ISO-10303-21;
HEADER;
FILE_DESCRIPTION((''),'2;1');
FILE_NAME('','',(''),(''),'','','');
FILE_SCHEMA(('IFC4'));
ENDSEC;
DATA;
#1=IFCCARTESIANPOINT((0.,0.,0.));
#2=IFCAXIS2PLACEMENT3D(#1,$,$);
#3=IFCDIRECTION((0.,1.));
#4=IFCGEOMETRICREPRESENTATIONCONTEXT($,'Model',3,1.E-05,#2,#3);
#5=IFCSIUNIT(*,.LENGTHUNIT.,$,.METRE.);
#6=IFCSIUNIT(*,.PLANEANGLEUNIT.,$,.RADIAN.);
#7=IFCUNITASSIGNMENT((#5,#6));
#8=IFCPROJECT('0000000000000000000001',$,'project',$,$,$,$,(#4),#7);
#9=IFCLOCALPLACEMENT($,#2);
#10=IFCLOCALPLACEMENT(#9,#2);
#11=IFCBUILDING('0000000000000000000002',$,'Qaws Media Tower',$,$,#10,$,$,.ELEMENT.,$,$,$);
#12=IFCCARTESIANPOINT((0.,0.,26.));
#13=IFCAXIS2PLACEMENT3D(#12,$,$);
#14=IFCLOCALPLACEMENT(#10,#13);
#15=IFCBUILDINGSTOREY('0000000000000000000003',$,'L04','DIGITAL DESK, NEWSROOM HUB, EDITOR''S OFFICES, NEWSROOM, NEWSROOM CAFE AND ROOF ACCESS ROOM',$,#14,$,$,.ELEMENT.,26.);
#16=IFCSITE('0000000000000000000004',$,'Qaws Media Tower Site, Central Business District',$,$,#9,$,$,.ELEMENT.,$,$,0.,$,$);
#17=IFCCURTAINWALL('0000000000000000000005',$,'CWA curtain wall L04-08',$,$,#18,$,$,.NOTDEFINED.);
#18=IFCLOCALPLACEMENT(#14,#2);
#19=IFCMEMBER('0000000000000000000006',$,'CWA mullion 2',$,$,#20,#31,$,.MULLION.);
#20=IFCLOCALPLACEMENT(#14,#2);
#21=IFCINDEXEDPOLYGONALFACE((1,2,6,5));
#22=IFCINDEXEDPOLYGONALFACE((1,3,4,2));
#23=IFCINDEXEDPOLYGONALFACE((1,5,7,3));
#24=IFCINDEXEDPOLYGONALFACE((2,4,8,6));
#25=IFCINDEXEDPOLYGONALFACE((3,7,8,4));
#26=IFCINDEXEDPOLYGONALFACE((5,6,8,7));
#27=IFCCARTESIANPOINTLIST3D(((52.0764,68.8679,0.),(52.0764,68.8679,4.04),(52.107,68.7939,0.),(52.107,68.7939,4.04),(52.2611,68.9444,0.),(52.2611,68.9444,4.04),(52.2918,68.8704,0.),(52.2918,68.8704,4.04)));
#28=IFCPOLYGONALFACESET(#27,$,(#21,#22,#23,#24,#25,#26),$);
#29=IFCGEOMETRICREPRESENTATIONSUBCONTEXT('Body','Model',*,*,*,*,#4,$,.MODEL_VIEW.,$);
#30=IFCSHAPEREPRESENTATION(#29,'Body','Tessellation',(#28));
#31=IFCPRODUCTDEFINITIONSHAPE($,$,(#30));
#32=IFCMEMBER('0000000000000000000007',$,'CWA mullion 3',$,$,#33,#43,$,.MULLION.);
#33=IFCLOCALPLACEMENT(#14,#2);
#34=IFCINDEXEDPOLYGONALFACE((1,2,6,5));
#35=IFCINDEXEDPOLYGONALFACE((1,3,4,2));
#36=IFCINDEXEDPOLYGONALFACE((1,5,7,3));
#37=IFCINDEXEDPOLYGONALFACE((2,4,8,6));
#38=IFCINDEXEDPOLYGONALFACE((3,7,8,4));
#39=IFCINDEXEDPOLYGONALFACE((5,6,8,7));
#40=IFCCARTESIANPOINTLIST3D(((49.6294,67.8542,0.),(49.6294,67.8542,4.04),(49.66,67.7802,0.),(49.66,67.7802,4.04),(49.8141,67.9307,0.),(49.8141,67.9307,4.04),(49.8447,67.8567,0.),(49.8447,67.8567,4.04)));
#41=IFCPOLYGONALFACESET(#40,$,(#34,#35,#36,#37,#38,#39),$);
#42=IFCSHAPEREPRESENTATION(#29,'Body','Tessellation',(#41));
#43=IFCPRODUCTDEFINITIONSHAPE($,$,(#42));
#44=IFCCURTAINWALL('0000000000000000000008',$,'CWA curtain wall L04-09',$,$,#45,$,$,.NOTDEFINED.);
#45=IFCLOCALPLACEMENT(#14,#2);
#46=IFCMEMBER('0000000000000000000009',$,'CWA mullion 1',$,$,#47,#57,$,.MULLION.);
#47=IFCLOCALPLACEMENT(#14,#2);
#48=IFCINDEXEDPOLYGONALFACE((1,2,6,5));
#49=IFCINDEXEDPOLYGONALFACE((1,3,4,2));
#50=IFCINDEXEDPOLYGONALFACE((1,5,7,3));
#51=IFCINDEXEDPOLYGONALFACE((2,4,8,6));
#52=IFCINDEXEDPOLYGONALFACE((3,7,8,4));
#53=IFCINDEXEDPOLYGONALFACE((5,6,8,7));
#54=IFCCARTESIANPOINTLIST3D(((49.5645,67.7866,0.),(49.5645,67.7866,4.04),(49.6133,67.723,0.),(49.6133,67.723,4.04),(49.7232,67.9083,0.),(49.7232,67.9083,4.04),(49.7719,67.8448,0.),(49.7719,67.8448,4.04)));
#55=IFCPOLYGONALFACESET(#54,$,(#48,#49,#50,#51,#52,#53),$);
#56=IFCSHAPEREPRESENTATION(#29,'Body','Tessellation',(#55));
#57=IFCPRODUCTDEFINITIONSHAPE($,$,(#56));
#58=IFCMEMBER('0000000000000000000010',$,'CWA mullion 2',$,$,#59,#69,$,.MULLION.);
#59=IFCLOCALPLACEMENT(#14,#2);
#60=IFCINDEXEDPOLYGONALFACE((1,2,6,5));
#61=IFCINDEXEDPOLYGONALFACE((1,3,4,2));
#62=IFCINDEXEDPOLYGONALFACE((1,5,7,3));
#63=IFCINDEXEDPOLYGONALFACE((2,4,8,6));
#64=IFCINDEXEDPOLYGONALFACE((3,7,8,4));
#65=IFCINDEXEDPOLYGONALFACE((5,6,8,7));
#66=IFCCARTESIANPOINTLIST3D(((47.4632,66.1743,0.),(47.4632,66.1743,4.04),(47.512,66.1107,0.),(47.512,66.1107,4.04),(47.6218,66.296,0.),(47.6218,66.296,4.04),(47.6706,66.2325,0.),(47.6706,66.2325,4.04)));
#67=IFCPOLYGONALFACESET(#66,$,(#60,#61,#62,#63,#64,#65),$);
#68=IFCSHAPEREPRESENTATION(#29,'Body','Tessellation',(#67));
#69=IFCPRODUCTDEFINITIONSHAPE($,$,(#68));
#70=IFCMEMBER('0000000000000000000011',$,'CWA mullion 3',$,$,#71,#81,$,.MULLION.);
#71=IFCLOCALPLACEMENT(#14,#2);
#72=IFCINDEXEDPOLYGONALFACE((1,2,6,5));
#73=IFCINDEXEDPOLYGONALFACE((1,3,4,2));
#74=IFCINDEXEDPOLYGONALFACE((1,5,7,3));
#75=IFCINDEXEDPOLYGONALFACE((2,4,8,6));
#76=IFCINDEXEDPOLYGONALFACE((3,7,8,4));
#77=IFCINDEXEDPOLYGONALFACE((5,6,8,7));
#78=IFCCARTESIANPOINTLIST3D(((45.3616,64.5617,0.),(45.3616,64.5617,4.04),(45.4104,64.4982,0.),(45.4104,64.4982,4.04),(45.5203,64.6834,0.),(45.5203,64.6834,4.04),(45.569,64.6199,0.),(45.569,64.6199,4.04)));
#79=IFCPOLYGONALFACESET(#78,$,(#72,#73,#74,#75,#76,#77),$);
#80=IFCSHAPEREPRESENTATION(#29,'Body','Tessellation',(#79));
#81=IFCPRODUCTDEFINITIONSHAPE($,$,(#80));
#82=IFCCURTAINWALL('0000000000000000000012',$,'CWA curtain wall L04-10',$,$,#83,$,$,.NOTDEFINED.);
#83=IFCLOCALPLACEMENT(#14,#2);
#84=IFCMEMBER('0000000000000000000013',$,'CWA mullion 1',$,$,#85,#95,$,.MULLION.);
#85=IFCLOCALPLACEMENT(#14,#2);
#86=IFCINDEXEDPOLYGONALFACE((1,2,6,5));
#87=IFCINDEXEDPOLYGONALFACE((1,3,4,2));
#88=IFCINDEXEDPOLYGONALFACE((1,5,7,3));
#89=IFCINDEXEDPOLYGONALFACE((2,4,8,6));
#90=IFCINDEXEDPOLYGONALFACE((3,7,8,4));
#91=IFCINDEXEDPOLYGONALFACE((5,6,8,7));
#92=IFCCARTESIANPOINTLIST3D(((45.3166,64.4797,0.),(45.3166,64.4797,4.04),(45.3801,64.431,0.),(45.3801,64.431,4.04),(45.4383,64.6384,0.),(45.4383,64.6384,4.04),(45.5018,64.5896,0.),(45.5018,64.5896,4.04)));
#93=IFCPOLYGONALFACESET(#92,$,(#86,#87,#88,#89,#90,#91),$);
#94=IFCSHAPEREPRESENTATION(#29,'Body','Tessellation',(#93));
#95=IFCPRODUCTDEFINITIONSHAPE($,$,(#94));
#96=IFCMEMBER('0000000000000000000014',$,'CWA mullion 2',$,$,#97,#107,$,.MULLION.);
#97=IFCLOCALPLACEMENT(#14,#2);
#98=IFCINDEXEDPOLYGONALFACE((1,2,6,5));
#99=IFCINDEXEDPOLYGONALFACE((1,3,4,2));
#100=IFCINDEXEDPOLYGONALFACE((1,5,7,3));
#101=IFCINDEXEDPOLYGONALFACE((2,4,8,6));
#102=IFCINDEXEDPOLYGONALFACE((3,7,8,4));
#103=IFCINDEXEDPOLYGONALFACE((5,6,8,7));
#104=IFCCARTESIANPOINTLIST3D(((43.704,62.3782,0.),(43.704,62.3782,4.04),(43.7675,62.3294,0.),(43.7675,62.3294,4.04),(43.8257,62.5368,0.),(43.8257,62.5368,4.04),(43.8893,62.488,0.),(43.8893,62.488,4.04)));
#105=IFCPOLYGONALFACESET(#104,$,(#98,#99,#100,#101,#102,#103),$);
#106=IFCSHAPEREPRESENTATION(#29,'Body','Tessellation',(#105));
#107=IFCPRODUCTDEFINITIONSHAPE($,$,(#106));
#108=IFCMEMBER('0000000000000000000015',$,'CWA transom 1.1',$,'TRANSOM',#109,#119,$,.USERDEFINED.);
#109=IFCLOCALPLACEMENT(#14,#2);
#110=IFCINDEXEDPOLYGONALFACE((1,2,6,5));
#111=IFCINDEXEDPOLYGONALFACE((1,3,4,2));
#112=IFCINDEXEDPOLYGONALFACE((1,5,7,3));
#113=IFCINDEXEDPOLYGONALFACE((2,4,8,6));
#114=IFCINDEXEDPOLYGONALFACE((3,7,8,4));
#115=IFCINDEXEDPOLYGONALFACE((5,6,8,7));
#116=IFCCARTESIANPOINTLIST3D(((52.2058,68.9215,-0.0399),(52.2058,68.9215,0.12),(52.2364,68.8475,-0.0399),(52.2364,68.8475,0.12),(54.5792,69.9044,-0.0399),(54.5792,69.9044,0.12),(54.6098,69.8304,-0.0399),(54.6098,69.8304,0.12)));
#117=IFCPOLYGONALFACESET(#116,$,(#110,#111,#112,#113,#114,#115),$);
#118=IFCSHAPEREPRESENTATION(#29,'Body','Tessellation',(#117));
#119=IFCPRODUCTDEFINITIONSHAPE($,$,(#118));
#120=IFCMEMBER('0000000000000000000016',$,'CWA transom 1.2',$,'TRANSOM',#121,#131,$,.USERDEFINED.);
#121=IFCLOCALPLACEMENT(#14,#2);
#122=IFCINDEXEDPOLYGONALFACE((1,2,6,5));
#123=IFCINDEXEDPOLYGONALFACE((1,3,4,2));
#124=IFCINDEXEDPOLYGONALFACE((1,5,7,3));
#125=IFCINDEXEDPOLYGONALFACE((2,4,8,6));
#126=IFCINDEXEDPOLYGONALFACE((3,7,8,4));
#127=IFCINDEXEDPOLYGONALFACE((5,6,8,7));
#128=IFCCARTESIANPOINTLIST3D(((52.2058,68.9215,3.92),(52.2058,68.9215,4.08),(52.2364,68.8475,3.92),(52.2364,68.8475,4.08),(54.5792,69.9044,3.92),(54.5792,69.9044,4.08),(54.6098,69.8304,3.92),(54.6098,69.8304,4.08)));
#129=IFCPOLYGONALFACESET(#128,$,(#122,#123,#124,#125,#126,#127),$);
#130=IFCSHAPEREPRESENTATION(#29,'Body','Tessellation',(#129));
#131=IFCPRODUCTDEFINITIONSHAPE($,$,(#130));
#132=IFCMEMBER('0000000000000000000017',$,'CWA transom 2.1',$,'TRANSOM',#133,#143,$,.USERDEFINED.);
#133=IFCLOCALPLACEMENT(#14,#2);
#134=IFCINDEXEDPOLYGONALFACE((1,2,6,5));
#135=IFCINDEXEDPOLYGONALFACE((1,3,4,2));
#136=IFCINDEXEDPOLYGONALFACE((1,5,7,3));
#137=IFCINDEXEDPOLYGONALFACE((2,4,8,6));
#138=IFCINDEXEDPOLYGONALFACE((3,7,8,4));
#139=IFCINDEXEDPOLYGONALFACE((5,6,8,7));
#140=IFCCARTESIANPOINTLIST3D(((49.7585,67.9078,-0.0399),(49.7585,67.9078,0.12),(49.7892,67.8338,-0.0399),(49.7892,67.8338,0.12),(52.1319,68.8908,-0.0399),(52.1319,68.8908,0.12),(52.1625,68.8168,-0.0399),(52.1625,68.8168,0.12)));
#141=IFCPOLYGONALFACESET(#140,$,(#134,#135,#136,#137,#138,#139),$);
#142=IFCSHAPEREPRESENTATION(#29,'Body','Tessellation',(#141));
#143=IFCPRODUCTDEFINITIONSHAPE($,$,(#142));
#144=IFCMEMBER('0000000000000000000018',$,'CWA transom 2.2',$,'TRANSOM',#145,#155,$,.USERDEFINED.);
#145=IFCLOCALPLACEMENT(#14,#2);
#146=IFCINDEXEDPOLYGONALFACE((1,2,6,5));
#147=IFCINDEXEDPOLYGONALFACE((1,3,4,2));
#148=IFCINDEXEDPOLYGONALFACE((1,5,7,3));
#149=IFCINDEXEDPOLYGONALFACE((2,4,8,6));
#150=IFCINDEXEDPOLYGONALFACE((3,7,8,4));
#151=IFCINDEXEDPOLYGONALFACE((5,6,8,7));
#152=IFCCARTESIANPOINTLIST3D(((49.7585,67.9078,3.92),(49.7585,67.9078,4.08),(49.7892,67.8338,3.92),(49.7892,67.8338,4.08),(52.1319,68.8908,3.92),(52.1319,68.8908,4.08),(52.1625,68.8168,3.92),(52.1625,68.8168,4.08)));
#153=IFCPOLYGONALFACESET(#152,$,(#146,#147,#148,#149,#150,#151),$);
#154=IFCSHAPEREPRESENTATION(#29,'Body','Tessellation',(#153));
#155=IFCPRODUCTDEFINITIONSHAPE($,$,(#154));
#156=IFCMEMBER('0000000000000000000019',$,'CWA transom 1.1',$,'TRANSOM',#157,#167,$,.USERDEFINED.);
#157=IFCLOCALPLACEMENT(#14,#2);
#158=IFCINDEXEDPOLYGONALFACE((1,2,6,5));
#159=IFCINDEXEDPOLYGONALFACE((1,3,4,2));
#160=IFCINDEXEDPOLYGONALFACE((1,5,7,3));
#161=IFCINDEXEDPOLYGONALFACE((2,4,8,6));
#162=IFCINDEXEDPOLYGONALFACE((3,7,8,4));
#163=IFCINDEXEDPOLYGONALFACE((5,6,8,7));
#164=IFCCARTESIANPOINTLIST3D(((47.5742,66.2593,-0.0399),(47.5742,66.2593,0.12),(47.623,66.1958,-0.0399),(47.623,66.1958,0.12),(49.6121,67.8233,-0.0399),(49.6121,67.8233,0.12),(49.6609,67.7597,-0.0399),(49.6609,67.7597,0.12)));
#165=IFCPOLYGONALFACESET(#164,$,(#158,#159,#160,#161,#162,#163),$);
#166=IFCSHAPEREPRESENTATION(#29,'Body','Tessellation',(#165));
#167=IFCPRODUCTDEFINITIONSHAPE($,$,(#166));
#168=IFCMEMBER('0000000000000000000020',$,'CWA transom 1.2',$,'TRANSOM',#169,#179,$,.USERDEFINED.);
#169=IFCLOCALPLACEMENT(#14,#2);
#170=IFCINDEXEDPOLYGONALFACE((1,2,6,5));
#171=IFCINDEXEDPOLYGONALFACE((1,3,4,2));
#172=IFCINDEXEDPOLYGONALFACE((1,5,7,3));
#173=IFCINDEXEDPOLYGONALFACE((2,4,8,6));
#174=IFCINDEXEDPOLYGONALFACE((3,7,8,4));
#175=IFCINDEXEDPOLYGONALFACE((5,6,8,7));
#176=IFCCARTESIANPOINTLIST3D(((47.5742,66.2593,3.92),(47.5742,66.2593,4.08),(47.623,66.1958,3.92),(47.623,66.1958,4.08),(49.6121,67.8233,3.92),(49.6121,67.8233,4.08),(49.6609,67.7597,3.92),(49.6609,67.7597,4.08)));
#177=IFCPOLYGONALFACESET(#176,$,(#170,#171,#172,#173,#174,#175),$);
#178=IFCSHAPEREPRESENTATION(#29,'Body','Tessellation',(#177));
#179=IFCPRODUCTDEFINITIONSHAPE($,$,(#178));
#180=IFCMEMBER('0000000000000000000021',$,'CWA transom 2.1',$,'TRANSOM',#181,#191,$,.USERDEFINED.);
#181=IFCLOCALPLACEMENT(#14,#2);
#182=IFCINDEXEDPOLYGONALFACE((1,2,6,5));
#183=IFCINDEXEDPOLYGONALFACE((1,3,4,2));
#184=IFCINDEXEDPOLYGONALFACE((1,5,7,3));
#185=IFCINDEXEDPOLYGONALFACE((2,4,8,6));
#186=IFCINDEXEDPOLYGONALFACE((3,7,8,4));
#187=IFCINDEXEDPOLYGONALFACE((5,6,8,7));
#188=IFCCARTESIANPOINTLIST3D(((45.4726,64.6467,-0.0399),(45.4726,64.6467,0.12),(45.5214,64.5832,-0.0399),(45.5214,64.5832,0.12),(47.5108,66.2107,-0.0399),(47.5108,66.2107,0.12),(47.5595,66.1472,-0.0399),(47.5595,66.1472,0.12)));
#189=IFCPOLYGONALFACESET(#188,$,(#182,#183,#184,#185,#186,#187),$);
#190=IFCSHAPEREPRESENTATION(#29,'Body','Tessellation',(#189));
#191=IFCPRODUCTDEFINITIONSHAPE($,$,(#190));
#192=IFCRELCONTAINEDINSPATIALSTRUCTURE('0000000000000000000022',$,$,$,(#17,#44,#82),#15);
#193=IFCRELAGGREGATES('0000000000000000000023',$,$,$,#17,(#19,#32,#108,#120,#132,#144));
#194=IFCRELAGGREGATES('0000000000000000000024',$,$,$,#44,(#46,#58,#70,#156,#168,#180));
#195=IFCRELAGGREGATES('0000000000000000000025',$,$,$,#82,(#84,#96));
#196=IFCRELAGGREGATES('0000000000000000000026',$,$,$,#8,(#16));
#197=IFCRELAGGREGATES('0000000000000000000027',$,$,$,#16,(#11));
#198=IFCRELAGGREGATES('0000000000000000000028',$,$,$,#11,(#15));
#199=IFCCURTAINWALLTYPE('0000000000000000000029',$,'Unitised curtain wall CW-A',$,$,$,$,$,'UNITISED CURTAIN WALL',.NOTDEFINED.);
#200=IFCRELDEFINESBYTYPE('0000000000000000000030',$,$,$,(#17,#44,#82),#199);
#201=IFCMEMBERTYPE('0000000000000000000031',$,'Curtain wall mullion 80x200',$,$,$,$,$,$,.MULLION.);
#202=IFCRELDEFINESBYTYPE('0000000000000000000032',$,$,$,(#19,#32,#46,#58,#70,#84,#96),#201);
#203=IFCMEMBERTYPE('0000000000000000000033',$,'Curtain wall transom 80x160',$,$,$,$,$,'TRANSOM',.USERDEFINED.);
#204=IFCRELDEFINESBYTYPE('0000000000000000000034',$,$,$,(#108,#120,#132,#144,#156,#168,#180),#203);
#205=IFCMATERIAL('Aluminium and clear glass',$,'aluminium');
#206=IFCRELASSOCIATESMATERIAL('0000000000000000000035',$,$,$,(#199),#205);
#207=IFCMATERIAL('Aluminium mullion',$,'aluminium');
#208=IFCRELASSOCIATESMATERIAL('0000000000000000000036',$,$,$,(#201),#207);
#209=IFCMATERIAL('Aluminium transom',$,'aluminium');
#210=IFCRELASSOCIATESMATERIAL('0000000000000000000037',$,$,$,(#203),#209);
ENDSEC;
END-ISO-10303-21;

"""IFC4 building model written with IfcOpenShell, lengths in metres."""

from ifc_helpers import new_model, si_unit, direction, frame, origin, origin_2d, place, context, subcontext, project, spatial, rectangle, extrude, material, material_profile, profile_set, type_object, element, aggregate, save


model = new_model("IFC4")

# Units and contexts
model_context = context("Model", 3, precision=1e-05, world=origin(), true_north=direction((0.0, 1.0)))
body_context = subcontext(model_context, "Body", "Model", "MODEL_VIEW")
ifc_project = project(units=[si_unit("LENGTHUNIT", "METRE"), si_unit("PLANEANGLEUNIT", "RADIAN")], contexts=[model_context])

# Site, building, storey
site_placement = place(None, origin())
site = spatial("IfcSite", under=ifc_project, at=site_placement, Name="Qaws Media Tower Site, Central Business District", CompositionType="ELEMENT", RefElevation=0.0)
building_placement = place(site_placement, origin())
building = spatial("IfcBuilding", under=site, at=building_placement, Name="Qaws Media Tower", CompositionType="ELEMENT")
storey_placement = place(building_placement, frame((0.0, 0.0, 26.0)))
storey = spatial("IfcBuildingStorey", under=building, at=storey_placement, Name="L04", Description="DIGITAL DESK, NEWSROOM HUB, EDITOR'S OFFICES, NEWSROOM, NEWSROOM CAFE AND ROOF ACCESS ROOM", CompositionType="ELEMENT", Elevation=26.0)

# Curtain walls, members
ifc_material_1 = material(Name="Aluminium and clear glass", Category="aluminium")
curtain_wall_type = type_object("IfcCurtainWallType", Name="Unitised curtain wall CW-A", ElementType="UNITISED CURTAIN WALL", PredefinedType="NOTDEFINED", material=ifc_material_1)
curtain_wall_1_placement = place(storey_placement, origin())
curtain_wall_1 = element("IfcCurtainWall", 1, at=curtain_wall_1_placement, inside=storey, type_object=curtain_wall_type, Name="CWA curtain wall L04-08", PredefinedType="NOTDEFINED")
ifc_material_2 = material(Name="Aluminium mullion", Category="aluminium")
ifc_material_profile_1 = material_profile(ifc_material_2, rectangle(XDim=0.0801, YDim=0.2, at=origin_2d()), Name="80x200")
ifc_profile_set_1 = profile_set([ifc_material_profile_1], Name="Aluminium mullion")
member_type_1 = type_object("IfcMemberType", Name="Curtain wall mullion 80x200", PredefinedType="MULLION", material=ifc_profile_set_1)
member_1_placement = place(storey_placement, frame((52.1841, 68.8691, 0.0), z_axis=(0.0, 0.0, 1.0), x_axis=(0.382683, -0.92388, 0.0)))
member_1 = element("IfcMember", 2, at=member_1_placement, type_object=member_type_1, Name="CWA mullion 2", PredefinedType="MULLION", context=body_context, shape_type="SweptSolid", body=[
    extrude(rectangle(XDim=0.0801, YDim=0.2, at=origin_2d()), origin(), (0.0, 0.0, 1.0), 4.04),
])
member_2_placement = place(storey_placement, frame((49.7371, 67.8555, 0.0), z_axis=(0.0, 0.0, 1.0), x_axis=(0.382683, -0.92388, 0.0)))
member_2 = element("IfcMember", 3, at=member_2_placement, type_object=member_type_1, Name="CWA mullion 3", PredefinedType="MULLION", context=body_context, shape_type="SweptSolid", body=[
    extrude(rectangle(XDim=0.0801, YDim=0.2, at=origin_2d()), origin(), (0.0, 0.0, 1.0), 4.04),
])
curtain_wall_2_placement = place(storey_placement, origin())
curtain_wall_2 = element("IfcCurtainWall", 4, at=curtain_wall_2_placement, inside=storey, type_object=curtain_wall_type, Name="CWA curtain wall L04-09", PredefinedType="NOTDEFINED")
member_3_placement = place(storey_placement, frame((49.6682, 67.8157, 0.0), z_axis=(0.0, 0.0, 1.0), x_axis=(0.608761, -0.793353, 0.0)))
member_3 = element("IfcMember", 5, at=member_3_placement, type_object=member_type_1, Name="CWA mullion 1", PredefinedType="MULLION", context=body_context, shape_type="SweptSolid", body=[
    extrude(rectangle(XDim=0.0801, YDim=0.2, at=origin_2d()), origin(), (0.0, 0.0, 1.0), 4.04),
])
member_4_placement = place(storey_placement, frame((47.5669, 66.2034, 0.0), z_axis=(0.0, 0.0, 1.0), x_axis=(0.608761, -0.793353, 0.0)))
member_4 = element("IfcMember", 6, at=member_4_placement, type_object=member_type_1, Name="CWA mullion 2", PredefinedType="MULLION", context=body_context, shape_type="SweptSolid", body=[
    extrude(rectangle(XDim=0.0801, YDim=0.2, at=origin_2d()), origin(), (0.0, 0.0, 1.0), 4.04),
])
member_5_placement = place(storey_placement, frame((45.4653, 64.5908, 0.0), z_axis=(0.0, 0.0, 1.0), x_axis=(0.608761, -0.793353, 0.0)))
member_5 = element("IfcMember", 7, at=member_5_placement, type_object=member_type_1, Name="CWA mullion 3", PredefinedType="MULLION", context=body_context, shape_type="SweptSolid", body=[
    extrude(rectangle(XDim=0.0801, YDim=0.2, at=origin_2d()), origin(), (0.0, 0.0, 1.0), 4.04),
])
curtain_wall_3_placement = place(storey_placement, origin())
curtain_wall_3 = element("IfcCurtainWall", 8, at=curtain_wall_3_placement, inside=storey, type_object=curtain_wall_type, Name="CWA curtain wall L04-10", PredefinedType="NOTDEFINED")
member_6_placement = place(storey_placement, frame((45.4092, 64.5347, 0.0), z_axis=(0.0, 0.0, 1.0), x_axis=(0.793353, -0.608761, 0.0)))
member_6 = element("IfcMember", 9, at=member_6_placement, type_object=member_type_1, Name="CWA mullion 1", PredefinedType="MULLION", context=body_context, shape_type="SweptSolid", body=[
    extrude(rectangle(XDim=0.0801, YDim=0.2, at=origin_2d()), origin(), (0.0, 0.0, 1.0), 4.04),
])
member_7_placement = place(storey_placement, frame((43.7966, 62.4331, 0.0), z_axis=(0.0, 0.0, 1.0), x_axis=(0.793353, -0.608761, 0.0)))
member_7 = element("IfcMember", 10, at=member_7_placement, type_object=member_type_1, Name="CWA mullion 2", PredefinedType="MULLION", context=body_context, shape_type="SweptSolid", body=[
    extrude(rectangle(XDim=0.0801, YDim=0.2, at=origin_2d()), origin(), (0.0, 0.0, 1.0), 4.04),
])

# Members
ifc_material_3 = material(Name="Aluminium transom", Category="aluminium")
ifc_material_profile_2 = material_profile(ifc_material_3, rectangle(XDim=0.0801, YDim=0.1599, at=origin_2d()), Name="80x160")
ifc_profile_set_2 = profile_set([ifc_material_profile_2], Name="Aluminium transom")
member_type_2 = type_object("IfcMemberType", Name="Curtain wall transom 80x160", ElementType="TRANSOM", PredefinedType="USERDEFINED", material=ifc_profile_set_2)
member_8_placement = place(storey_placement, frame((54.5945, 69.8674, 0.04), z_axis=(-0.923899, -0.382637, 0.0), x_axis=(0.382637, -0.923899, 0.0)))
member_8 = element("IfcMember", 11, at=member_8_placement, type_object=member_type_2, Name="CWA transom 1.1", ObjectType="TRANSOM", PredefinedType="USERDEFINED", context=body_context, shape_type="SweptSolid", body=[
    extrude(rectangle(XDim=0.0801, YDim=0.1599, at=origin_2d()), origin(), (0.0, 0.0, 1.0), 2.5688),
])
member_9_placement = place(storey_placement, frame((54.5945, 69.8674, 4.0), z_axis=(-0.923899, -0.382637, 0.0), x_axis=(0.382637, -0.923899, 0.0)))
member_9 = element("IfcMember", 12, at=member_9_placement, type_object=member_type_2, Name="CWA transom 1.2", ObjectType="TRANSOM", PredefinedType="USERDEFINED", context=body_context, shape_type="SweptSolid", body=[
    extrude(rectangle(XDim=0.0801, YDim=0.1599, at=origin_2d()), origin(), (0.0, 0.0, 1.0), 2.5688),
])
member_10_placement = place(storey_placement, frame((52.1472, 68.8538, 0.04), z_axis=(-0.923899, -0.382637, 0.0), x_axis=(0.382637, -0.923899, 0.0)))
member_10 = element("IfcMember", 13, at=member_10_placement, type_object=member_type_2, Name="CWA transom 2.1", ObjectType="TRANSOM", PredefinedType="USERDEFINED", context=body_context, shape_type="SweptSolid", body=[
    extrude(rectangle(XDim=0.0801, YDim=0.1599, at=origin_2d()), origin(), (0.0, 0.0, 1.0), 2.5688),
])
member_11_placement = place(storey_placement, frame((52.1472, 68.8538, 4.0), z_axis=(-0.923899, -0.382637, 0.0), x_axis=(0.382637, -0.923899, 0.0)))
member_11 = element("IfcMember", 14, at=member_11_placement, type_object=member_type_2, Name="CWA transom 2.2", ObjectType="TRANSOM", PredefinedType="USERDEFINED", context=body_context, shape_type="SweptSolid", body=[
    extrude(rectangle(XDim=0.0801, YDim=0.1599, at=origin_2d()), origin(), (0.0, 0.0, 1.0), 2.5688),
])
member_12_placement = place(storey_placement, frame((49.6365, 67.7915, 0.04), z_axis=(-0.793302, -0.608829, 0.0), x_axis=(0.608829, -0.793302, 0.0)))
member_12 = element("IfcMember", 15, at=member_12_placement, type_object=member_type_2, Name="CWA transom 1.1", ObjectType="TRANSOM", PredefinedType="USERDEFINED", context=body_context, shape_type="SweptSolid", body=[
    extrude(rectangle(XDim=0.0801, YDim=0.1599, at=origin_2d()), origin(), (0.0, 0.0, 1.0), 2.5688),
])
member_13_placement = place(storey_placement, frame((49.6365, 67.7915, 4.0), z_axis=(-0.793302, -0.608829, 0.0), x_axis=(0.608829, -0.793302, 0.0)))
member_13 = element("IfcMember", 16, at=member_13_placement, type_object=member_type_2, Name="CWA transom 1.2", ObjectType="TRANSOM", PredefinedType="USERDEFINED", context=body_context, shape_type="SweptSolid", body=[
    extrude(rectangle(XDim=0.0801, YDim=0.1599, at=origin_2d()), origin(), (0.0, 0.0, 1.0), 2.5688),
])
member_14_placement = place(storey_placement, frame((47.5352, 66.179, 0.04), z_axis=(-0.793337, -0.608783, 0.0), x_axis=(0.608783, -0.793337, 0.0)))
member_14 = element("IfcMember", 17, at=member_14_placement, type_object=member_type_2, Name="CWA transom 2.1", ObjectType="TRANSOM", PredefinedType="USERDEFINED", context=body_context, shape_type="SweptSolid", body=[
    extrude(rectangle(XDim=0.0801, YDim=0.1599, at=origin_2d()), origin(), (0.0, 0.0, 1.0), 2.5691),
])

aggregate(curtain_wall_1, [member_1, member_2, member_8, member_9, member_10, member_11])
aggregate(curtain_wall_2, [member_3, member_4, member_5, member_12, member_13, member_14])
aggregate(curtain_wall_3, [member_6, member_7])

save(model, "model.ifc")
